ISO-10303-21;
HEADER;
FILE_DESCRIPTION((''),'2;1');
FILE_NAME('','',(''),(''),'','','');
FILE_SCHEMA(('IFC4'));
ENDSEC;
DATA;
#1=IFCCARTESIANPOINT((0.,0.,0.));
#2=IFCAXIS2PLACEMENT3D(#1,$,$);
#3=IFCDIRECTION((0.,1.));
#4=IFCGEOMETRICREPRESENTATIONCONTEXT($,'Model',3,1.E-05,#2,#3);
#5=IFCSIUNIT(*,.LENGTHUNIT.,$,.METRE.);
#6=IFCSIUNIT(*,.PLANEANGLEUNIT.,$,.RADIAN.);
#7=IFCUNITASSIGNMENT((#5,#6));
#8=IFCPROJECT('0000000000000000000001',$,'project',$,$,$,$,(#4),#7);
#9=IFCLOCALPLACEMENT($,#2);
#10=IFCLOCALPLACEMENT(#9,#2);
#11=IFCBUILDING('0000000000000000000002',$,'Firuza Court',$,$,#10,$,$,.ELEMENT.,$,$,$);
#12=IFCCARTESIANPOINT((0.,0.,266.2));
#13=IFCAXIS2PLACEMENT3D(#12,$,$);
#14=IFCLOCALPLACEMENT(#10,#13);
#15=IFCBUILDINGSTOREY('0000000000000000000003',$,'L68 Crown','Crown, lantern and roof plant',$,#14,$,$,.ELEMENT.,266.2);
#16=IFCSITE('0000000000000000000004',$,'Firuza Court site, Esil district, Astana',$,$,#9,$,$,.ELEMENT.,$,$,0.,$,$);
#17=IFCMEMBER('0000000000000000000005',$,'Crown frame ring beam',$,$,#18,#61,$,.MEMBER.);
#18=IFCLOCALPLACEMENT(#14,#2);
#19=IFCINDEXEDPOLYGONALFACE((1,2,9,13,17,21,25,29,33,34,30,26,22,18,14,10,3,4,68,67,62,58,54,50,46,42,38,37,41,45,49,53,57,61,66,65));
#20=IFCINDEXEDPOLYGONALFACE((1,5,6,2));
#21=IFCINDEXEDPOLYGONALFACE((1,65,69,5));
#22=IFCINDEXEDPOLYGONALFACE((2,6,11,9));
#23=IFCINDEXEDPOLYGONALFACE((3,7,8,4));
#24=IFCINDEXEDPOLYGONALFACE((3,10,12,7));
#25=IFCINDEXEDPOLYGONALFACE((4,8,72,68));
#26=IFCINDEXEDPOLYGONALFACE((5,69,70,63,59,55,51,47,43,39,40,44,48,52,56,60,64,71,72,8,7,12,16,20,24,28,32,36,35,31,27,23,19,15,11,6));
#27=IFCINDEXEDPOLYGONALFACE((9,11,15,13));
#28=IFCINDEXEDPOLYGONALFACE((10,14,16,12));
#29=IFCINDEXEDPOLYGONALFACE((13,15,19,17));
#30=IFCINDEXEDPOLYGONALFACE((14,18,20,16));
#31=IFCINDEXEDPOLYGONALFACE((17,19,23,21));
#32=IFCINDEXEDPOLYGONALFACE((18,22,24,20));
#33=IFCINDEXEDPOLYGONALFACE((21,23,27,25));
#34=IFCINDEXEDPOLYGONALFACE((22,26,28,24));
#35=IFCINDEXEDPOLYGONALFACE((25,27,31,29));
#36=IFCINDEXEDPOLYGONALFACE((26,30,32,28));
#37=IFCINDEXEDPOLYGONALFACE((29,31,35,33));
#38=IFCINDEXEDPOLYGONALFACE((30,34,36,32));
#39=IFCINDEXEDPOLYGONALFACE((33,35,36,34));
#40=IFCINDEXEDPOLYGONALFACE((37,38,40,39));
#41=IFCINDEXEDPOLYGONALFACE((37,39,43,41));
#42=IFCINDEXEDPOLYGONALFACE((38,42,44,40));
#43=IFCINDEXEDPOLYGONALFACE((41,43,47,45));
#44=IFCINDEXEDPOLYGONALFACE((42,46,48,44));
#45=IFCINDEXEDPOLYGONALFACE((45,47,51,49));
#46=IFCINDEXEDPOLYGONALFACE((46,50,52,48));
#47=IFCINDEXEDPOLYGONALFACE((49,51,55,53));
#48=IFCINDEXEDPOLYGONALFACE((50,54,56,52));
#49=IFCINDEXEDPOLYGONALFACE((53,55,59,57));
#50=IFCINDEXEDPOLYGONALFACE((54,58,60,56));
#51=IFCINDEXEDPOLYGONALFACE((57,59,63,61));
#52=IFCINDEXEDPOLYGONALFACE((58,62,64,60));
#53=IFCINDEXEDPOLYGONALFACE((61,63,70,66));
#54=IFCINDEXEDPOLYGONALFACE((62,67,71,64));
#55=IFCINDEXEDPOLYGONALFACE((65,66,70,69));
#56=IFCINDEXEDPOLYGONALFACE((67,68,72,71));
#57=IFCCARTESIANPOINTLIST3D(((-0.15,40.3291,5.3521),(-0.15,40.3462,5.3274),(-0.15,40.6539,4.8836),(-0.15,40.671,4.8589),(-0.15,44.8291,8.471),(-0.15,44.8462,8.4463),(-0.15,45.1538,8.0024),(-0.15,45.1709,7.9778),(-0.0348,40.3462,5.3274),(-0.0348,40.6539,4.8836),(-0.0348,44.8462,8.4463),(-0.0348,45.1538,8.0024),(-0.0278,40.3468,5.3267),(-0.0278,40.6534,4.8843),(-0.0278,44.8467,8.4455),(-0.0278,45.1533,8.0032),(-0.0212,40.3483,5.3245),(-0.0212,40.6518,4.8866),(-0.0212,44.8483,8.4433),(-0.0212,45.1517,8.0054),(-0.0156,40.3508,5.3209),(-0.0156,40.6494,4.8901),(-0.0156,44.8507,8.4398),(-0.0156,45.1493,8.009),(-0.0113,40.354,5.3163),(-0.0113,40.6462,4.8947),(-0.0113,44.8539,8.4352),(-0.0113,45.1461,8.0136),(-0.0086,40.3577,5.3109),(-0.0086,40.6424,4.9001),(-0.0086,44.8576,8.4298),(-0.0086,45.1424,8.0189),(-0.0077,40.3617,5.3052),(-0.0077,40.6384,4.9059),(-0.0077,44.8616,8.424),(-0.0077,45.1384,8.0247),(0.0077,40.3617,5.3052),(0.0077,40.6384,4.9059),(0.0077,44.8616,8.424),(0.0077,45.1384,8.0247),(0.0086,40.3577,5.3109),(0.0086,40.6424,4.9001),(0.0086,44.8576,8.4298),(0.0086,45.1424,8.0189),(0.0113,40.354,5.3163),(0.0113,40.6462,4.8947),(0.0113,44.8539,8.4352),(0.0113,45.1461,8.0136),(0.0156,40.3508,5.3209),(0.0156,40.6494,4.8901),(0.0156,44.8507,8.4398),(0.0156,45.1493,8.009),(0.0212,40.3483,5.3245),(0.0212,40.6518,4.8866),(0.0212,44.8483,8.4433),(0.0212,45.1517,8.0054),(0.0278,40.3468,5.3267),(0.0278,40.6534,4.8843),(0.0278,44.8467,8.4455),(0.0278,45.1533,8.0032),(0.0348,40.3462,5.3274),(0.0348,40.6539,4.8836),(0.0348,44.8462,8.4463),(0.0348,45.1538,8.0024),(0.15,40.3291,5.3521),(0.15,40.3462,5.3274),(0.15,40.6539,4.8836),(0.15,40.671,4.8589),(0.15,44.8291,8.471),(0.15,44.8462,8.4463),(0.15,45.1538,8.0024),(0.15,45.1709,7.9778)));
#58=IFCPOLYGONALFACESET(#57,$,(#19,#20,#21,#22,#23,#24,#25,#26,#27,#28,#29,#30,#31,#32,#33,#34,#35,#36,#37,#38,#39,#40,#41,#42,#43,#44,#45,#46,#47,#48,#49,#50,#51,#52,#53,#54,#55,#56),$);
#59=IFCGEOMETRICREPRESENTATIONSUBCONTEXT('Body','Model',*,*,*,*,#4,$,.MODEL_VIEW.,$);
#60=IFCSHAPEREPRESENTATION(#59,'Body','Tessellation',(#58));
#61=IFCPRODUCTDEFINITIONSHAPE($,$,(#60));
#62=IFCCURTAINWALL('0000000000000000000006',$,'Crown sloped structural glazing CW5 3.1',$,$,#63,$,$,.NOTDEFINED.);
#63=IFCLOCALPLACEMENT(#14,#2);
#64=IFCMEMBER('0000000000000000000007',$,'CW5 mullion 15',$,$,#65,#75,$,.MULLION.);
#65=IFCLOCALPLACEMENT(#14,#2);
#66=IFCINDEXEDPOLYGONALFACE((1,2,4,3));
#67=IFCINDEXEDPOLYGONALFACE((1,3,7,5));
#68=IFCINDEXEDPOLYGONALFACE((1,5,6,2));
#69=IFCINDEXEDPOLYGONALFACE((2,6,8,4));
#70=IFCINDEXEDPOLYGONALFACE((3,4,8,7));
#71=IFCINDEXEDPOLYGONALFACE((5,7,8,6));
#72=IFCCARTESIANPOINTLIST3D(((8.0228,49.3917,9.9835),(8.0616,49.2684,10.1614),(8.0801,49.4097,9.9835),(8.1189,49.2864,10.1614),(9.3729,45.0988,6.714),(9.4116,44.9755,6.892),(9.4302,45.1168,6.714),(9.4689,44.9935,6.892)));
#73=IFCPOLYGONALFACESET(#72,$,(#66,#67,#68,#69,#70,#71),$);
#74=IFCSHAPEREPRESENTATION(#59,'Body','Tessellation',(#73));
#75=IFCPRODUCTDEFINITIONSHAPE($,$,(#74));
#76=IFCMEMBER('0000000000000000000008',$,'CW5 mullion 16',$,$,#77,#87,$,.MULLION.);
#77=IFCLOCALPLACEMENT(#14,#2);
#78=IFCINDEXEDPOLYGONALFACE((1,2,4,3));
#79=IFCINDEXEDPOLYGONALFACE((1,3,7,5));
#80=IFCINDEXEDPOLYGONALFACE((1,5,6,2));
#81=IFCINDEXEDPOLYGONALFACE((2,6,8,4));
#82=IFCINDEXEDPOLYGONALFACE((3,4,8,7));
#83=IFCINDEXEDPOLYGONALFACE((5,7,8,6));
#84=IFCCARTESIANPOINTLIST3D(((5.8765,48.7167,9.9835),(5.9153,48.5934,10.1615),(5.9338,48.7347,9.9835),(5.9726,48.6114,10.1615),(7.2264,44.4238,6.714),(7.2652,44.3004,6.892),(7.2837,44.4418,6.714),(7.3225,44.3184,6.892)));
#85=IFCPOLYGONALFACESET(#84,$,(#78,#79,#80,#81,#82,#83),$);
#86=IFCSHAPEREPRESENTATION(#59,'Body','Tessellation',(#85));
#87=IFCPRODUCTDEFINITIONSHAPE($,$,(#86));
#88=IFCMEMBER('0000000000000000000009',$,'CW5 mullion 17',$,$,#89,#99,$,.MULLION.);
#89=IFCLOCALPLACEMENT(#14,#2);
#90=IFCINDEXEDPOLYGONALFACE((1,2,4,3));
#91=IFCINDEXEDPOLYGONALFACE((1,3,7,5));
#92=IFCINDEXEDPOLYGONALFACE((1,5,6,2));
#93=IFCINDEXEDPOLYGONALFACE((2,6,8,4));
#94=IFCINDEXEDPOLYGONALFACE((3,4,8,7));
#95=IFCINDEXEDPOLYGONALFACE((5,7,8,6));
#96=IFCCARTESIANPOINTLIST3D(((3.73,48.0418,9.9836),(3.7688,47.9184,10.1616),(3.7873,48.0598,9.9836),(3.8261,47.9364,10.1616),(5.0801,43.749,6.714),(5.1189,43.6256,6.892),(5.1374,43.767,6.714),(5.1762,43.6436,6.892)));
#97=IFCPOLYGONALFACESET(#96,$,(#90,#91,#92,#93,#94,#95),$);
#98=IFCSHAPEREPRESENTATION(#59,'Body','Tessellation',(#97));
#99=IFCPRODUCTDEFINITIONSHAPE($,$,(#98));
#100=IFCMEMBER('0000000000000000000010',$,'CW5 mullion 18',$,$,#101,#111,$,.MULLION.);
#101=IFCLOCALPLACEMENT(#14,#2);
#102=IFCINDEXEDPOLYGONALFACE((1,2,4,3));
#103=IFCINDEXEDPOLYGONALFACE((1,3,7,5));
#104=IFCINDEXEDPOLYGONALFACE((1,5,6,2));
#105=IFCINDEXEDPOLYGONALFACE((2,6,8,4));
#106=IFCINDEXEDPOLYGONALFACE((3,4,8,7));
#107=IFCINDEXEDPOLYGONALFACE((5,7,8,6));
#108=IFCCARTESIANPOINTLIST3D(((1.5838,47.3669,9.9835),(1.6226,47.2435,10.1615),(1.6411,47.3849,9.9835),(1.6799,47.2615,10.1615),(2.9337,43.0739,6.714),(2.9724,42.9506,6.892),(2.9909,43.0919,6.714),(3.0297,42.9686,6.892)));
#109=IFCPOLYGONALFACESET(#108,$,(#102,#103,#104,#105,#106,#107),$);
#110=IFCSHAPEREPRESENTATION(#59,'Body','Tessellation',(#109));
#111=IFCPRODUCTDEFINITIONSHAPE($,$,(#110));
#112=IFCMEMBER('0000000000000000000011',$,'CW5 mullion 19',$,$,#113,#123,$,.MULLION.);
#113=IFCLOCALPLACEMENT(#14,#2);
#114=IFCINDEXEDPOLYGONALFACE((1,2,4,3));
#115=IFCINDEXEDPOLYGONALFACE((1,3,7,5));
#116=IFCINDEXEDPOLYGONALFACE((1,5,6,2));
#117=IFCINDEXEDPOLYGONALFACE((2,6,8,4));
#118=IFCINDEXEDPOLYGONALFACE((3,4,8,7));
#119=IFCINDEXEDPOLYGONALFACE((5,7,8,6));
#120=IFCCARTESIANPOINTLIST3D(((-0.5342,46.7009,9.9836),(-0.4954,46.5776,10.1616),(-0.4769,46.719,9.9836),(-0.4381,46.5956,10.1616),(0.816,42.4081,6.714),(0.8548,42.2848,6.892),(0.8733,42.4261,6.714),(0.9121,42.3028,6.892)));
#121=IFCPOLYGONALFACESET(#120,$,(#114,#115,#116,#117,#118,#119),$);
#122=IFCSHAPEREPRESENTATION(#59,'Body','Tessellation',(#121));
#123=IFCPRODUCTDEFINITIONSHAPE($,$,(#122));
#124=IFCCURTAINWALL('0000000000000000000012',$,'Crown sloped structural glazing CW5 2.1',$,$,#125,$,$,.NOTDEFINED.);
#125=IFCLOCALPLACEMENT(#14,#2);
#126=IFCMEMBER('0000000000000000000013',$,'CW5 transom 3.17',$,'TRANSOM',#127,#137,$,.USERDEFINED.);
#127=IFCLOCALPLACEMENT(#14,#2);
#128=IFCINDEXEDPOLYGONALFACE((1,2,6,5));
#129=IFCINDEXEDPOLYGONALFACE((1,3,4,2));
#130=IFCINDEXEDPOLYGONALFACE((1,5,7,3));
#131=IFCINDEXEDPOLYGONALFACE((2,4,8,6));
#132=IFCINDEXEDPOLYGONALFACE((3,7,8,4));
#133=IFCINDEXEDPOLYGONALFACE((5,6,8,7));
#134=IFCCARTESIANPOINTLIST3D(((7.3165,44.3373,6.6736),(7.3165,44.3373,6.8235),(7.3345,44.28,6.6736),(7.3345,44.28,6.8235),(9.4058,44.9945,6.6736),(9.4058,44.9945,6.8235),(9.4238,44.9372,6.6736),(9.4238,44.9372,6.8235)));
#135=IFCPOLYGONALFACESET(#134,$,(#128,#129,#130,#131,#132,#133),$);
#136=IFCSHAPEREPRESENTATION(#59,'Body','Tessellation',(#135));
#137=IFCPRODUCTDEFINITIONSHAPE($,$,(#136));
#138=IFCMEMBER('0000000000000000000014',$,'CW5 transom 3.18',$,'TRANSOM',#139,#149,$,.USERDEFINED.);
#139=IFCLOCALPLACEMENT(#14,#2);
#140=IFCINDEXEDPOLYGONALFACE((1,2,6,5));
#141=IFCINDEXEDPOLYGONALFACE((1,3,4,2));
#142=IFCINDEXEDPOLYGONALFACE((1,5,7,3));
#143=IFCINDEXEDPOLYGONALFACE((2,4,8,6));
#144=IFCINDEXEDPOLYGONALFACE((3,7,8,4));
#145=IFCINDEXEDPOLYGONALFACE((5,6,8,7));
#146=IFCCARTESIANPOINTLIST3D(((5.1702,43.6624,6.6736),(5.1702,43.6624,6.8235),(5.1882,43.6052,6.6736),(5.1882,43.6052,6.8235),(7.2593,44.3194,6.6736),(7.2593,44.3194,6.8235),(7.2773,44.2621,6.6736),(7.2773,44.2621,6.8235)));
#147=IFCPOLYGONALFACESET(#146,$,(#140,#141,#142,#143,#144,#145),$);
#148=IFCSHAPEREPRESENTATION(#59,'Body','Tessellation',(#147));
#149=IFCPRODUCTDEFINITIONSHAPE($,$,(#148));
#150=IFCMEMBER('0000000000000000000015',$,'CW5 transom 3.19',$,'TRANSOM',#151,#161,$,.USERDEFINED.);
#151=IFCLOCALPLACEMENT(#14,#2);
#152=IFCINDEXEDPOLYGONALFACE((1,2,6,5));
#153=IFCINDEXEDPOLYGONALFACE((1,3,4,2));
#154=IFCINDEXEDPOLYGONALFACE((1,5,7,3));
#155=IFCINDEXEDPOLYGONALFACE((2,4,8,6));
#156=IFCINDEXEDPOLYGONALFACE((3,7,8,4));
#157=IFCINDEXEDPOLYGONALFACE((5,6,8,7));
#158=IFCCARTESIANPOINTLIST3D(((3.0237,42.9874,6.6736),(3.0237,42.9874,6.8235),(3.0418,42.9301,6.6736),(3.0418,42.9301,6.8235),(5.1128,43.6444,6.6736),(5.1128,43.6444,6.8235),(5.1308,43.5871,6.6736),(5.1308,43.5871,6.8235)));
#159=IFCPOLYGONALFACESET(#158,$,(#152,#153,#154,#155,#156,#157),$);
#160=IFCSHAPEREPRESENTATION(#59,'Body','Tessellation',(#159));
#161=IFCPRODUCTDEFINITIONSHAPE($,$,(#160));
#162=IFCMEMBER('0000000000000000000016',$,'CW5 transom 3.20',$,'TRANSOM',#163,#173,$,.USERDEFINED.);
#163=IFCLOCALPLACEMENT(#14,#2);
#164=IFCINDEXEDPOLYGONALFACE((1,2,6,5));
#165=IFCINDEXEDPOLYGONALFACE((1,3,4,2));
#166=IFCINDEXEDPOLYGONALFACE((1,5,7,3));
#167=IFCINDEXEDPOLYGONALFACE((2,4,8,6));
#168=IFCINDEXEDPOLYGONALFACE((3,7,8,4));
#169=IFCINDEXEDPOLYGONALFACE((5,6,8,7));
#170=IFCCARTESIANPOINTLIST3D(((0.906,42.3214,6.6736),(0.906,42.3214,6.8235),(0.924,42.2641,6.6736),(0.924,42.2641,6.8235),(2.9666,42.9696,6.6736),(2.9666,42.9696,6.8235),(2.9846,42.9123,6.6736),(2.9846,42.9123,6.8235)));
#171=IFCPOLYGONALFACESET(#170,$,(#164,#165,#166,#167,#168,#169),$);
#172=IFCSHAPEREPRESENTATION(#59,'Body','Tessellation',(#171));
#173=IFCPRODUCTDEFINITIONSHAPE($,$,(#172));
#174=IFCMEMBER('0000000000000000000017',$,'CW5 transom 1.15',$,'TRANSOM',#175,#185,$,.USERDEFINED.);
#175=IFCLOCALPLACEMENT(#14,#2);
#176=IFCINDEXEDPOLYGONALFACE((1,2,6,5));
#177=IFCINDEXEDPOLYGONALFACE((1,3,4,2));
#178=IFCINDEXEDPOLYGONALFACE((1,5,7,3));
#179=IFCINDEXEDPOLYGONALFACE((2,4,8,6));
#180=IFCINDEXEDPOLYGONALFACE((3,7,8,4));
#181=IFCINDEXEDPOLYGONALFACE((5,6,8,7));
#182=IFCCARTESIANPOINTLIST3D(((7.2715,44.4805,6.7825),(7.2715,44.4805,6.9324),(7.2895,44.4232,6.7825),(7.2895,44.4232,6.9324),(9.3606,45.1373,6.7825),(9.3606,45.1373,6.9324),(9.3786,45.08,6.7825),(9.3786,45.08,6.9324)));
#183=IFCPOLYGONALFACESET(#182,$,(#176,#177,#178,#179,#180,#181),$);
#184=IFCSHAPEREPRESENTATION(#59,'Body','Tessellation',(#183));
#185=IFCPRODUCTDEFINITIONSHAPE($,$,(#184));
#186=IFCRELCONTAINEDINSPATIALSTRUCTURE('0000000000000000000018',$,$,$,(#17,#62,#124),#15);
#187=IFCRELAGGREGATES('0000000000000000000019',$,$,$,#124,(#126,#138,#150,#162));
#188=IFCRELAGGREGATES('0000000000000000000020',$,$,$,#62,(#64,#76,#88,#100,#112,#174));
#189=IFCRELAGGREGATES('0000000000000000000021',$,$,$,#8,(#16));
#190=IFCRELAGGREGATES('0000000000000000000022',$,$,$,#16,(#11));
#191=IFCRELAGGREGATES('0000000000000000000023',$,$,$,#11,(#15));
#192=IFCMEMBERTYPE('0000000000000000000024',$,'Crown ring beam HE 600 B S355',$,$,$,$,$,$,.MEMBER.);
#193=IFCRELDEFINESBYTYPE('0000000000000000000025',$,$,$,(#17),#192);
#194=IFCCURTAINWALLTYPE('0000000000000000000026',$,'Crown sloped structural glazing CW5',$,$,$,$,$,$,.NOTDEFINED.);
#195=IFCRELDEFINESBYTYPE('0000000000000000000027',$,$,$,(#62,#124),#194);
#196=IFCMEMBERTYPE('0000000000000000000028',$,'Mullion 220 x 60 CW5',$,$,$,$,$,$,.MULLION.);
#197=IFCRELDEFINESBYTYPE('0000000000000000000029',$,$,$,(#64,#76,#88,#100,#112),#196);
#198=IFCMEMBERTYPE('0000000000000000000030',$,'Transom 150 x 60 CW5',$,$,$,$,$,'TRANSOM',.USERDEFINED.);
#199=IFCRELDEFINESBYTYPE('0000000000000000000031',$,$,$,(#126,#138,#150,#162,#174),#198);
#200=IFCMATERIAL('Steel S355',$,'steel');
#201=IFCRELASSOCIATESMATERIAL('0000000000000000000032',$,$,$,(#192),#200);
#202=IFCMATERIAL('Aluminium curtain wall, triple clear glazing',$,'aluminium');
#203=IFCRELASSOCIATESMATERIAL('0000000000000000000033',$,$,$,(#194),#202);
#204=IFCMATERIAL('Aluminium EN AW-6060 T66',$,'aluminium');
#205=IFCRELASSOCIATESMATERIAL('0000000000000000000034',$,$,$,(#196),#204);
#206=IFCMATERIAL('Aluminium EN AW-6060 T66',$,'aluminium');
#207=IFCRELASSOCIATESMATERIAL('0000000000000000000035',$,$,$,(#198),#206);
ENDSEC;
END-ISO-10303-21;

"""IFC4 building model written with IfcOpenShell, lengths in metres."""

from ifc_helpers import new_model, si_unit, direction, frame, origin, origin_2d, place, context, subcontext, project, spatial, rectangle, i_section, extrude, material, material_profile, profile_set, type_object, element, aggregate, save


model = new_model("IFC4")

# Units and contexts
model_context = context("Model", 3, precision=1e-05, world=origin(), true_north=direction((0.0, 1.0)))
body_context = subcontext(model_context, "Body", "Model", "MODEL_VIEW")
ifc_project = project(units=[si_unit("LENGTHUNIT", "METRE"), si_unit("PLANEANGLEUNIT", "RADIAN")], contexts=[model_context])

# Site, building, storey
site_placement = place(None, origin())
site = spatial("IfcSite", under=ifc_project, at=site_placement, Name="Firuza Court site, Esil district, Astana", CompositionType="ELEMENT", RefElevation=0.0)
building_placement = place(site_placement, origin())
building = spatial("IfcBuilding", under=site, at=building_placement, Name="Firuza Court", CompositionType="ELEMENT")
storey_placement = place(building_placement, frame((0.0, 0.0, 266.2)))
storey = spatial("IfcBuildingStorey", under=building, at=storey_placement, Name="L68 Crown", Description="Crown, lantern and roof plant", CompositionType="ELEMENT", Elevation=266.2)

# Member
ifc_material_1 = material(Name="Steel S355", Category="steel")
ifc_material_profile_1 = material_profile(ifc_material_1, i_section(OverallWidth=0.3, OverallDepth=0.6001, WebThickness=0.0154, FlangeThickness=0.03, FilletRadius=0.0271, at=origin_2d()), Name="HE 600 B")
ifc_profile_set_1 = profile_set([ifc_material_profile_1], Name="Steel S355")
member_type_1 = type_object("IfcMemberType", Name="Crown ring beam HE 600 B S355", PredefinedType="MEMBER", material=ifc_profile_set_1)
member_1_placement = place(storey_placement, frame((0.0, 45.0, 8.2244), z_axis=(0.0, -0.821892, -0.569643), x_axis=(1.0, 0.0, 0.0)))
element("IfcMember", 1, at=member_1_placement, inside=storey, type_object=member_type_1, Name="Crown frame ring beam", PredefinedType="MEMBER", context=body_context, shape_type="SweptSolid", body=[
    extrude(i_section(OverallWidth=0.3, OverallDepth=0.6001, WebThickness=0.0154, FlangeThickness=0.03, FilletRadius=0.0271, at=origin_2d()), origin(), (0.0, 0.0, 1.0), 5.4751),
])

# Curtain walls, members
ifc_material_2 = material(Name="Aluminium curtain wall, triple clear glazing", Category="aluminium")
curtain_wall_type = type_object("IfcCurtainWallType", Name="Crown sloped structural glazing CW5", PredefinedType="NOTDEFINED", material=ifc_material_2)
curtain_wall_1_placement = place(storey_placement, origin())
curtain_wall_1 = element("IfcCurtainWall", 2, at=curtain_wall_1_placement, inside=storey, type_object=curtain_wall_type, Name="Crown sloped structural glazing CW5 3.1", PredefinedType="NOTDEFINED")
ifc_material_3 = material(Name="Aluminium EN AW-6060 T66", Category="aluminium")
ifc_material_profile_2 = material_profile(ifc_material_3, rectangle(XDim=0.0601, YDim=0.22, at=origin_2d()), Name="Mullion 220 x 60 CW5")
ifc_profile_set_2 = profile_set([ifc_material_profile_2], Name="Aluminium EN AW-6060 T66")
member_type_2 = type_object("IfcMemberType", Name="Mullion 220 x 60 CW5", PredefinedType="MULLION", material=ifc_profile_set_2)
member_2_placement = place(storey_placement, frame((9.4209, 45.0461, 6.803), z_axis=(-0.242711, 0.77176, 0.587774), x_axis=(-0.953938, -0.300004, 0.0)))
member_2 = element("IfcMember", 3, at=member_2_placement, type_object=member_type_2, Name="CW5 mullion 15", PredefinedType="MULLION", context=body_context, shape_type="SweptSolid", body=[
    extrude(rectangle(XDim=0.0601, YDim=0.22, at=origin_2d()), origin(), (0.0, 0.0, 1.0), 5.5625),
])
member_3_placement = place(storey_placement, frame((7.2744, 44.3711, 6.803), z_axis=(-0.24267, 0.771768, 0.58778), x_axis=(-0.953953, -0.299955, 0.0)))
member_3 = element("IfcMember", 4, at=member_3_placement, type_object=member_type_2, Name="CW5 mullion 16", PredefinedType="MULLION", context=body_context, shape_type="SweptSolid", body=[
    extrude(rectangle(XDim=0.0601, YDim=0.22, at=origin_2d()), origin(), (0.0, 0.0, 1.0), 5.5625),
])
member_4_placement = place(storey_placement, frame((5.1282, 43.6963, 6.803), z_axis=(-0.242719, 0.771742, 0.587793), x_axis=(-0.953933, -0.30002, 0.0)))
member_4 = element("IfcMember", 5, at=member_4_placement, type_object=member_type_2, Name="CW5 mullion 17", PredefinedType="MULLION", context=body_context, shape_type="SweptSolid", body=[
    extrude(rectangle(XDim=0.0601, YDim=0.22, at=origin_2d()), origin(), (0.0, 0.0, 1.0), 5.5625),
])
member_5_placement = place(storey_placement, frame((2.9817, 43.0212, 6.803), z_axis=(-0.24267, 0.771768, 0.58778), x_axis=(-0.953953, -0.299955, 0.0)))
member_5 = element("IfcMember", 6, at=member_5_placement, type_object=member_type_2, Name="CW5 mullion 18", PredefinedType="MULLION", context=body_context, shape_type="SweptSolid", body=[
    extrude(rectangle(XDim=0.0601, YDim=0.22, at=origin_2d()), origin(), (0.0, 0.0, 1.0), 5.5625),
])
member_6_placement = place(storey_placement, frame((0.864, 42.3555, 6.803), z_axis=(-0.242719, 0.771742, 0.587793), x_axis=(-0.953933, -0.30002, 0.0)))
member_6 = element("IfcMember", 7, at=member_6_placement, type_object=member_type_2, Name="CW5 mullion 19", PredefinedType="MULLION", context=body_context, shape_type="SweptSolid", body=[
    extrude(rectangle(XDim=0.0601, YDim=0.22, at=origin_2d()), origin(), (0.0, 0.0, 1.0), 5.5625),
])
curtain_wall_2_placement = place(storey_placement, origin())
curtain_wall_2 = element("IfcCurtainWall", 8, at=curtain_wall_2_placement, inside=storey, type_object=curtain_wall_type, Name="Crown sloped structural glazing CW5 2.1", PredefinedType="NOTDEFINED")
ifc_material_4 = material(Name="Aluminium EN AW-6060 T66", Category="aluminium")
ifc_material_profile_3 = material_profile(ifc_material_4, rectangle(XDim=0.0601, YDim=0.1499, at=origin_2d()), Name="Transom 150 x 60 CW5")
ifc_profile_set_3 = profile_set([ifc_material_profile_3], Name="Aluminium EN AW-6060 T66")
member_type_3 = type_object("IfcMemberType", Name="Transom 150 x 60 CW5", ElementType="TRANSOM", PredefinedType="USERDEFINED", material=ifc_profile_set_3)
member_7_placement = place(storey_placement, frame((9.4148, 44.9658, 6.7485), z_axis=(-0.953919, -0.300064, 0.0), x_axis=(0.300064, -0.953919, 0.0)))
member_7 = element("IfcMember", 9, at=member_7_placement, type_object=member_type_3, Name="CW5 transom 3.17", ObjectType="TRANSOM", PredefinedType="USERDEFINED", context=body_context, shape_type="SweptSolid", body=[
    extrude(rectangle(XDim=0.0601, YDim=0.1499, at=origin_2d()), origin(), (0.0, 0.0, 1.0), 2.1902),
])
member_8_placement = place(storey_placement, frame((7.2683, 44.2908, 6.7485), z_axis=(-0.953941, -0.299995, 0.0), x_axis=(0.299995, -0.953941, 0.0)))
member_8 = element("IfcMember", 10, at=member_8_placement, type_object=member_type_3, Name="CW5 transom 3.18", ObjectType="TRANSOM", PredefinedType="USERDEFINED", context=body_context, shape_type="SweptSolid", body=[
    extrude(rectangle(XDim=0.0601, YDim=0.1499, at=origin_2d()), origin(), (0.0, 0.0, 1.0), 2.1899),
])
member_9_placement = place(storey_placement, frame((5.1218, 43.6157, 6.7485), z_axis=(-0.953941, -0.299995, 0.0), x_axis=(0.299995, -0.953941, 0.0)))
member_9 = element("IfcMember", 11, at=member_9_placement, type_object=member_type_3, Name="CW5 transom 3.19", ObjectType="TRANSOM", PredefinedType="USERDEFINED", context=body_context, shape_type="SweptSolid", body=[
    extrude(rectangle(XDim=0.0601, YDim=0.1499, at=origin_2d()), origin(), (0.0, 0.0, 1.0), 2.1899),
])
member_10_placement = place(storey_placement, frame((2.9756, 42.9409, 6.7485), z_axis=(-0.953915, -0.300076, 0.0), x_axis=(0.300076, -0.953915, 0.0)))
member_10 = element("IfcMember", 12, at=member_10_placement, type_object=member_type_3, Name="CW5 transom 3.20", ObjectType="TRANSOM", PredefinedType="USERDEFINED", context=body_context, shape_type="SweptSolid", body=[
    extrude(rectangle(XDim=0.0601, YDim=0.1499, at=origin_2d()), origin(), (0.0, 0.0, 1.0), 2.1602),
])

# Member
member_11_placement = place(storey_placement, frame((9.3696, 45.1086, 6.8574), z_axis=(-0.953973, -0.299893, 0.0), x_axis=(0.299893, -0.953973, 0.0)))
member_11 = element("IfcMember", 13, at=member_11_placement, type_object=member_type_3, Name="CW5 transom 1.15", ObjectType="TRANSOM", PredefinedType="USERDEFINED", context=body_context, shape_type="SweptSolid", body=[
    extrude(rectangle(XDim=0.0601, YDim=0.1499, at=origin_2d()), origin(), (0.0, 0.0, 1.0), 2.1899),
])

aggregate(curtain_wall_2, [member_7, member_8, member_9, member_10])
aggregate(curtain_wall_1, [member_2, member_3, member_4, member_5, member_6, member_11])

save(model, "model.ifc")
